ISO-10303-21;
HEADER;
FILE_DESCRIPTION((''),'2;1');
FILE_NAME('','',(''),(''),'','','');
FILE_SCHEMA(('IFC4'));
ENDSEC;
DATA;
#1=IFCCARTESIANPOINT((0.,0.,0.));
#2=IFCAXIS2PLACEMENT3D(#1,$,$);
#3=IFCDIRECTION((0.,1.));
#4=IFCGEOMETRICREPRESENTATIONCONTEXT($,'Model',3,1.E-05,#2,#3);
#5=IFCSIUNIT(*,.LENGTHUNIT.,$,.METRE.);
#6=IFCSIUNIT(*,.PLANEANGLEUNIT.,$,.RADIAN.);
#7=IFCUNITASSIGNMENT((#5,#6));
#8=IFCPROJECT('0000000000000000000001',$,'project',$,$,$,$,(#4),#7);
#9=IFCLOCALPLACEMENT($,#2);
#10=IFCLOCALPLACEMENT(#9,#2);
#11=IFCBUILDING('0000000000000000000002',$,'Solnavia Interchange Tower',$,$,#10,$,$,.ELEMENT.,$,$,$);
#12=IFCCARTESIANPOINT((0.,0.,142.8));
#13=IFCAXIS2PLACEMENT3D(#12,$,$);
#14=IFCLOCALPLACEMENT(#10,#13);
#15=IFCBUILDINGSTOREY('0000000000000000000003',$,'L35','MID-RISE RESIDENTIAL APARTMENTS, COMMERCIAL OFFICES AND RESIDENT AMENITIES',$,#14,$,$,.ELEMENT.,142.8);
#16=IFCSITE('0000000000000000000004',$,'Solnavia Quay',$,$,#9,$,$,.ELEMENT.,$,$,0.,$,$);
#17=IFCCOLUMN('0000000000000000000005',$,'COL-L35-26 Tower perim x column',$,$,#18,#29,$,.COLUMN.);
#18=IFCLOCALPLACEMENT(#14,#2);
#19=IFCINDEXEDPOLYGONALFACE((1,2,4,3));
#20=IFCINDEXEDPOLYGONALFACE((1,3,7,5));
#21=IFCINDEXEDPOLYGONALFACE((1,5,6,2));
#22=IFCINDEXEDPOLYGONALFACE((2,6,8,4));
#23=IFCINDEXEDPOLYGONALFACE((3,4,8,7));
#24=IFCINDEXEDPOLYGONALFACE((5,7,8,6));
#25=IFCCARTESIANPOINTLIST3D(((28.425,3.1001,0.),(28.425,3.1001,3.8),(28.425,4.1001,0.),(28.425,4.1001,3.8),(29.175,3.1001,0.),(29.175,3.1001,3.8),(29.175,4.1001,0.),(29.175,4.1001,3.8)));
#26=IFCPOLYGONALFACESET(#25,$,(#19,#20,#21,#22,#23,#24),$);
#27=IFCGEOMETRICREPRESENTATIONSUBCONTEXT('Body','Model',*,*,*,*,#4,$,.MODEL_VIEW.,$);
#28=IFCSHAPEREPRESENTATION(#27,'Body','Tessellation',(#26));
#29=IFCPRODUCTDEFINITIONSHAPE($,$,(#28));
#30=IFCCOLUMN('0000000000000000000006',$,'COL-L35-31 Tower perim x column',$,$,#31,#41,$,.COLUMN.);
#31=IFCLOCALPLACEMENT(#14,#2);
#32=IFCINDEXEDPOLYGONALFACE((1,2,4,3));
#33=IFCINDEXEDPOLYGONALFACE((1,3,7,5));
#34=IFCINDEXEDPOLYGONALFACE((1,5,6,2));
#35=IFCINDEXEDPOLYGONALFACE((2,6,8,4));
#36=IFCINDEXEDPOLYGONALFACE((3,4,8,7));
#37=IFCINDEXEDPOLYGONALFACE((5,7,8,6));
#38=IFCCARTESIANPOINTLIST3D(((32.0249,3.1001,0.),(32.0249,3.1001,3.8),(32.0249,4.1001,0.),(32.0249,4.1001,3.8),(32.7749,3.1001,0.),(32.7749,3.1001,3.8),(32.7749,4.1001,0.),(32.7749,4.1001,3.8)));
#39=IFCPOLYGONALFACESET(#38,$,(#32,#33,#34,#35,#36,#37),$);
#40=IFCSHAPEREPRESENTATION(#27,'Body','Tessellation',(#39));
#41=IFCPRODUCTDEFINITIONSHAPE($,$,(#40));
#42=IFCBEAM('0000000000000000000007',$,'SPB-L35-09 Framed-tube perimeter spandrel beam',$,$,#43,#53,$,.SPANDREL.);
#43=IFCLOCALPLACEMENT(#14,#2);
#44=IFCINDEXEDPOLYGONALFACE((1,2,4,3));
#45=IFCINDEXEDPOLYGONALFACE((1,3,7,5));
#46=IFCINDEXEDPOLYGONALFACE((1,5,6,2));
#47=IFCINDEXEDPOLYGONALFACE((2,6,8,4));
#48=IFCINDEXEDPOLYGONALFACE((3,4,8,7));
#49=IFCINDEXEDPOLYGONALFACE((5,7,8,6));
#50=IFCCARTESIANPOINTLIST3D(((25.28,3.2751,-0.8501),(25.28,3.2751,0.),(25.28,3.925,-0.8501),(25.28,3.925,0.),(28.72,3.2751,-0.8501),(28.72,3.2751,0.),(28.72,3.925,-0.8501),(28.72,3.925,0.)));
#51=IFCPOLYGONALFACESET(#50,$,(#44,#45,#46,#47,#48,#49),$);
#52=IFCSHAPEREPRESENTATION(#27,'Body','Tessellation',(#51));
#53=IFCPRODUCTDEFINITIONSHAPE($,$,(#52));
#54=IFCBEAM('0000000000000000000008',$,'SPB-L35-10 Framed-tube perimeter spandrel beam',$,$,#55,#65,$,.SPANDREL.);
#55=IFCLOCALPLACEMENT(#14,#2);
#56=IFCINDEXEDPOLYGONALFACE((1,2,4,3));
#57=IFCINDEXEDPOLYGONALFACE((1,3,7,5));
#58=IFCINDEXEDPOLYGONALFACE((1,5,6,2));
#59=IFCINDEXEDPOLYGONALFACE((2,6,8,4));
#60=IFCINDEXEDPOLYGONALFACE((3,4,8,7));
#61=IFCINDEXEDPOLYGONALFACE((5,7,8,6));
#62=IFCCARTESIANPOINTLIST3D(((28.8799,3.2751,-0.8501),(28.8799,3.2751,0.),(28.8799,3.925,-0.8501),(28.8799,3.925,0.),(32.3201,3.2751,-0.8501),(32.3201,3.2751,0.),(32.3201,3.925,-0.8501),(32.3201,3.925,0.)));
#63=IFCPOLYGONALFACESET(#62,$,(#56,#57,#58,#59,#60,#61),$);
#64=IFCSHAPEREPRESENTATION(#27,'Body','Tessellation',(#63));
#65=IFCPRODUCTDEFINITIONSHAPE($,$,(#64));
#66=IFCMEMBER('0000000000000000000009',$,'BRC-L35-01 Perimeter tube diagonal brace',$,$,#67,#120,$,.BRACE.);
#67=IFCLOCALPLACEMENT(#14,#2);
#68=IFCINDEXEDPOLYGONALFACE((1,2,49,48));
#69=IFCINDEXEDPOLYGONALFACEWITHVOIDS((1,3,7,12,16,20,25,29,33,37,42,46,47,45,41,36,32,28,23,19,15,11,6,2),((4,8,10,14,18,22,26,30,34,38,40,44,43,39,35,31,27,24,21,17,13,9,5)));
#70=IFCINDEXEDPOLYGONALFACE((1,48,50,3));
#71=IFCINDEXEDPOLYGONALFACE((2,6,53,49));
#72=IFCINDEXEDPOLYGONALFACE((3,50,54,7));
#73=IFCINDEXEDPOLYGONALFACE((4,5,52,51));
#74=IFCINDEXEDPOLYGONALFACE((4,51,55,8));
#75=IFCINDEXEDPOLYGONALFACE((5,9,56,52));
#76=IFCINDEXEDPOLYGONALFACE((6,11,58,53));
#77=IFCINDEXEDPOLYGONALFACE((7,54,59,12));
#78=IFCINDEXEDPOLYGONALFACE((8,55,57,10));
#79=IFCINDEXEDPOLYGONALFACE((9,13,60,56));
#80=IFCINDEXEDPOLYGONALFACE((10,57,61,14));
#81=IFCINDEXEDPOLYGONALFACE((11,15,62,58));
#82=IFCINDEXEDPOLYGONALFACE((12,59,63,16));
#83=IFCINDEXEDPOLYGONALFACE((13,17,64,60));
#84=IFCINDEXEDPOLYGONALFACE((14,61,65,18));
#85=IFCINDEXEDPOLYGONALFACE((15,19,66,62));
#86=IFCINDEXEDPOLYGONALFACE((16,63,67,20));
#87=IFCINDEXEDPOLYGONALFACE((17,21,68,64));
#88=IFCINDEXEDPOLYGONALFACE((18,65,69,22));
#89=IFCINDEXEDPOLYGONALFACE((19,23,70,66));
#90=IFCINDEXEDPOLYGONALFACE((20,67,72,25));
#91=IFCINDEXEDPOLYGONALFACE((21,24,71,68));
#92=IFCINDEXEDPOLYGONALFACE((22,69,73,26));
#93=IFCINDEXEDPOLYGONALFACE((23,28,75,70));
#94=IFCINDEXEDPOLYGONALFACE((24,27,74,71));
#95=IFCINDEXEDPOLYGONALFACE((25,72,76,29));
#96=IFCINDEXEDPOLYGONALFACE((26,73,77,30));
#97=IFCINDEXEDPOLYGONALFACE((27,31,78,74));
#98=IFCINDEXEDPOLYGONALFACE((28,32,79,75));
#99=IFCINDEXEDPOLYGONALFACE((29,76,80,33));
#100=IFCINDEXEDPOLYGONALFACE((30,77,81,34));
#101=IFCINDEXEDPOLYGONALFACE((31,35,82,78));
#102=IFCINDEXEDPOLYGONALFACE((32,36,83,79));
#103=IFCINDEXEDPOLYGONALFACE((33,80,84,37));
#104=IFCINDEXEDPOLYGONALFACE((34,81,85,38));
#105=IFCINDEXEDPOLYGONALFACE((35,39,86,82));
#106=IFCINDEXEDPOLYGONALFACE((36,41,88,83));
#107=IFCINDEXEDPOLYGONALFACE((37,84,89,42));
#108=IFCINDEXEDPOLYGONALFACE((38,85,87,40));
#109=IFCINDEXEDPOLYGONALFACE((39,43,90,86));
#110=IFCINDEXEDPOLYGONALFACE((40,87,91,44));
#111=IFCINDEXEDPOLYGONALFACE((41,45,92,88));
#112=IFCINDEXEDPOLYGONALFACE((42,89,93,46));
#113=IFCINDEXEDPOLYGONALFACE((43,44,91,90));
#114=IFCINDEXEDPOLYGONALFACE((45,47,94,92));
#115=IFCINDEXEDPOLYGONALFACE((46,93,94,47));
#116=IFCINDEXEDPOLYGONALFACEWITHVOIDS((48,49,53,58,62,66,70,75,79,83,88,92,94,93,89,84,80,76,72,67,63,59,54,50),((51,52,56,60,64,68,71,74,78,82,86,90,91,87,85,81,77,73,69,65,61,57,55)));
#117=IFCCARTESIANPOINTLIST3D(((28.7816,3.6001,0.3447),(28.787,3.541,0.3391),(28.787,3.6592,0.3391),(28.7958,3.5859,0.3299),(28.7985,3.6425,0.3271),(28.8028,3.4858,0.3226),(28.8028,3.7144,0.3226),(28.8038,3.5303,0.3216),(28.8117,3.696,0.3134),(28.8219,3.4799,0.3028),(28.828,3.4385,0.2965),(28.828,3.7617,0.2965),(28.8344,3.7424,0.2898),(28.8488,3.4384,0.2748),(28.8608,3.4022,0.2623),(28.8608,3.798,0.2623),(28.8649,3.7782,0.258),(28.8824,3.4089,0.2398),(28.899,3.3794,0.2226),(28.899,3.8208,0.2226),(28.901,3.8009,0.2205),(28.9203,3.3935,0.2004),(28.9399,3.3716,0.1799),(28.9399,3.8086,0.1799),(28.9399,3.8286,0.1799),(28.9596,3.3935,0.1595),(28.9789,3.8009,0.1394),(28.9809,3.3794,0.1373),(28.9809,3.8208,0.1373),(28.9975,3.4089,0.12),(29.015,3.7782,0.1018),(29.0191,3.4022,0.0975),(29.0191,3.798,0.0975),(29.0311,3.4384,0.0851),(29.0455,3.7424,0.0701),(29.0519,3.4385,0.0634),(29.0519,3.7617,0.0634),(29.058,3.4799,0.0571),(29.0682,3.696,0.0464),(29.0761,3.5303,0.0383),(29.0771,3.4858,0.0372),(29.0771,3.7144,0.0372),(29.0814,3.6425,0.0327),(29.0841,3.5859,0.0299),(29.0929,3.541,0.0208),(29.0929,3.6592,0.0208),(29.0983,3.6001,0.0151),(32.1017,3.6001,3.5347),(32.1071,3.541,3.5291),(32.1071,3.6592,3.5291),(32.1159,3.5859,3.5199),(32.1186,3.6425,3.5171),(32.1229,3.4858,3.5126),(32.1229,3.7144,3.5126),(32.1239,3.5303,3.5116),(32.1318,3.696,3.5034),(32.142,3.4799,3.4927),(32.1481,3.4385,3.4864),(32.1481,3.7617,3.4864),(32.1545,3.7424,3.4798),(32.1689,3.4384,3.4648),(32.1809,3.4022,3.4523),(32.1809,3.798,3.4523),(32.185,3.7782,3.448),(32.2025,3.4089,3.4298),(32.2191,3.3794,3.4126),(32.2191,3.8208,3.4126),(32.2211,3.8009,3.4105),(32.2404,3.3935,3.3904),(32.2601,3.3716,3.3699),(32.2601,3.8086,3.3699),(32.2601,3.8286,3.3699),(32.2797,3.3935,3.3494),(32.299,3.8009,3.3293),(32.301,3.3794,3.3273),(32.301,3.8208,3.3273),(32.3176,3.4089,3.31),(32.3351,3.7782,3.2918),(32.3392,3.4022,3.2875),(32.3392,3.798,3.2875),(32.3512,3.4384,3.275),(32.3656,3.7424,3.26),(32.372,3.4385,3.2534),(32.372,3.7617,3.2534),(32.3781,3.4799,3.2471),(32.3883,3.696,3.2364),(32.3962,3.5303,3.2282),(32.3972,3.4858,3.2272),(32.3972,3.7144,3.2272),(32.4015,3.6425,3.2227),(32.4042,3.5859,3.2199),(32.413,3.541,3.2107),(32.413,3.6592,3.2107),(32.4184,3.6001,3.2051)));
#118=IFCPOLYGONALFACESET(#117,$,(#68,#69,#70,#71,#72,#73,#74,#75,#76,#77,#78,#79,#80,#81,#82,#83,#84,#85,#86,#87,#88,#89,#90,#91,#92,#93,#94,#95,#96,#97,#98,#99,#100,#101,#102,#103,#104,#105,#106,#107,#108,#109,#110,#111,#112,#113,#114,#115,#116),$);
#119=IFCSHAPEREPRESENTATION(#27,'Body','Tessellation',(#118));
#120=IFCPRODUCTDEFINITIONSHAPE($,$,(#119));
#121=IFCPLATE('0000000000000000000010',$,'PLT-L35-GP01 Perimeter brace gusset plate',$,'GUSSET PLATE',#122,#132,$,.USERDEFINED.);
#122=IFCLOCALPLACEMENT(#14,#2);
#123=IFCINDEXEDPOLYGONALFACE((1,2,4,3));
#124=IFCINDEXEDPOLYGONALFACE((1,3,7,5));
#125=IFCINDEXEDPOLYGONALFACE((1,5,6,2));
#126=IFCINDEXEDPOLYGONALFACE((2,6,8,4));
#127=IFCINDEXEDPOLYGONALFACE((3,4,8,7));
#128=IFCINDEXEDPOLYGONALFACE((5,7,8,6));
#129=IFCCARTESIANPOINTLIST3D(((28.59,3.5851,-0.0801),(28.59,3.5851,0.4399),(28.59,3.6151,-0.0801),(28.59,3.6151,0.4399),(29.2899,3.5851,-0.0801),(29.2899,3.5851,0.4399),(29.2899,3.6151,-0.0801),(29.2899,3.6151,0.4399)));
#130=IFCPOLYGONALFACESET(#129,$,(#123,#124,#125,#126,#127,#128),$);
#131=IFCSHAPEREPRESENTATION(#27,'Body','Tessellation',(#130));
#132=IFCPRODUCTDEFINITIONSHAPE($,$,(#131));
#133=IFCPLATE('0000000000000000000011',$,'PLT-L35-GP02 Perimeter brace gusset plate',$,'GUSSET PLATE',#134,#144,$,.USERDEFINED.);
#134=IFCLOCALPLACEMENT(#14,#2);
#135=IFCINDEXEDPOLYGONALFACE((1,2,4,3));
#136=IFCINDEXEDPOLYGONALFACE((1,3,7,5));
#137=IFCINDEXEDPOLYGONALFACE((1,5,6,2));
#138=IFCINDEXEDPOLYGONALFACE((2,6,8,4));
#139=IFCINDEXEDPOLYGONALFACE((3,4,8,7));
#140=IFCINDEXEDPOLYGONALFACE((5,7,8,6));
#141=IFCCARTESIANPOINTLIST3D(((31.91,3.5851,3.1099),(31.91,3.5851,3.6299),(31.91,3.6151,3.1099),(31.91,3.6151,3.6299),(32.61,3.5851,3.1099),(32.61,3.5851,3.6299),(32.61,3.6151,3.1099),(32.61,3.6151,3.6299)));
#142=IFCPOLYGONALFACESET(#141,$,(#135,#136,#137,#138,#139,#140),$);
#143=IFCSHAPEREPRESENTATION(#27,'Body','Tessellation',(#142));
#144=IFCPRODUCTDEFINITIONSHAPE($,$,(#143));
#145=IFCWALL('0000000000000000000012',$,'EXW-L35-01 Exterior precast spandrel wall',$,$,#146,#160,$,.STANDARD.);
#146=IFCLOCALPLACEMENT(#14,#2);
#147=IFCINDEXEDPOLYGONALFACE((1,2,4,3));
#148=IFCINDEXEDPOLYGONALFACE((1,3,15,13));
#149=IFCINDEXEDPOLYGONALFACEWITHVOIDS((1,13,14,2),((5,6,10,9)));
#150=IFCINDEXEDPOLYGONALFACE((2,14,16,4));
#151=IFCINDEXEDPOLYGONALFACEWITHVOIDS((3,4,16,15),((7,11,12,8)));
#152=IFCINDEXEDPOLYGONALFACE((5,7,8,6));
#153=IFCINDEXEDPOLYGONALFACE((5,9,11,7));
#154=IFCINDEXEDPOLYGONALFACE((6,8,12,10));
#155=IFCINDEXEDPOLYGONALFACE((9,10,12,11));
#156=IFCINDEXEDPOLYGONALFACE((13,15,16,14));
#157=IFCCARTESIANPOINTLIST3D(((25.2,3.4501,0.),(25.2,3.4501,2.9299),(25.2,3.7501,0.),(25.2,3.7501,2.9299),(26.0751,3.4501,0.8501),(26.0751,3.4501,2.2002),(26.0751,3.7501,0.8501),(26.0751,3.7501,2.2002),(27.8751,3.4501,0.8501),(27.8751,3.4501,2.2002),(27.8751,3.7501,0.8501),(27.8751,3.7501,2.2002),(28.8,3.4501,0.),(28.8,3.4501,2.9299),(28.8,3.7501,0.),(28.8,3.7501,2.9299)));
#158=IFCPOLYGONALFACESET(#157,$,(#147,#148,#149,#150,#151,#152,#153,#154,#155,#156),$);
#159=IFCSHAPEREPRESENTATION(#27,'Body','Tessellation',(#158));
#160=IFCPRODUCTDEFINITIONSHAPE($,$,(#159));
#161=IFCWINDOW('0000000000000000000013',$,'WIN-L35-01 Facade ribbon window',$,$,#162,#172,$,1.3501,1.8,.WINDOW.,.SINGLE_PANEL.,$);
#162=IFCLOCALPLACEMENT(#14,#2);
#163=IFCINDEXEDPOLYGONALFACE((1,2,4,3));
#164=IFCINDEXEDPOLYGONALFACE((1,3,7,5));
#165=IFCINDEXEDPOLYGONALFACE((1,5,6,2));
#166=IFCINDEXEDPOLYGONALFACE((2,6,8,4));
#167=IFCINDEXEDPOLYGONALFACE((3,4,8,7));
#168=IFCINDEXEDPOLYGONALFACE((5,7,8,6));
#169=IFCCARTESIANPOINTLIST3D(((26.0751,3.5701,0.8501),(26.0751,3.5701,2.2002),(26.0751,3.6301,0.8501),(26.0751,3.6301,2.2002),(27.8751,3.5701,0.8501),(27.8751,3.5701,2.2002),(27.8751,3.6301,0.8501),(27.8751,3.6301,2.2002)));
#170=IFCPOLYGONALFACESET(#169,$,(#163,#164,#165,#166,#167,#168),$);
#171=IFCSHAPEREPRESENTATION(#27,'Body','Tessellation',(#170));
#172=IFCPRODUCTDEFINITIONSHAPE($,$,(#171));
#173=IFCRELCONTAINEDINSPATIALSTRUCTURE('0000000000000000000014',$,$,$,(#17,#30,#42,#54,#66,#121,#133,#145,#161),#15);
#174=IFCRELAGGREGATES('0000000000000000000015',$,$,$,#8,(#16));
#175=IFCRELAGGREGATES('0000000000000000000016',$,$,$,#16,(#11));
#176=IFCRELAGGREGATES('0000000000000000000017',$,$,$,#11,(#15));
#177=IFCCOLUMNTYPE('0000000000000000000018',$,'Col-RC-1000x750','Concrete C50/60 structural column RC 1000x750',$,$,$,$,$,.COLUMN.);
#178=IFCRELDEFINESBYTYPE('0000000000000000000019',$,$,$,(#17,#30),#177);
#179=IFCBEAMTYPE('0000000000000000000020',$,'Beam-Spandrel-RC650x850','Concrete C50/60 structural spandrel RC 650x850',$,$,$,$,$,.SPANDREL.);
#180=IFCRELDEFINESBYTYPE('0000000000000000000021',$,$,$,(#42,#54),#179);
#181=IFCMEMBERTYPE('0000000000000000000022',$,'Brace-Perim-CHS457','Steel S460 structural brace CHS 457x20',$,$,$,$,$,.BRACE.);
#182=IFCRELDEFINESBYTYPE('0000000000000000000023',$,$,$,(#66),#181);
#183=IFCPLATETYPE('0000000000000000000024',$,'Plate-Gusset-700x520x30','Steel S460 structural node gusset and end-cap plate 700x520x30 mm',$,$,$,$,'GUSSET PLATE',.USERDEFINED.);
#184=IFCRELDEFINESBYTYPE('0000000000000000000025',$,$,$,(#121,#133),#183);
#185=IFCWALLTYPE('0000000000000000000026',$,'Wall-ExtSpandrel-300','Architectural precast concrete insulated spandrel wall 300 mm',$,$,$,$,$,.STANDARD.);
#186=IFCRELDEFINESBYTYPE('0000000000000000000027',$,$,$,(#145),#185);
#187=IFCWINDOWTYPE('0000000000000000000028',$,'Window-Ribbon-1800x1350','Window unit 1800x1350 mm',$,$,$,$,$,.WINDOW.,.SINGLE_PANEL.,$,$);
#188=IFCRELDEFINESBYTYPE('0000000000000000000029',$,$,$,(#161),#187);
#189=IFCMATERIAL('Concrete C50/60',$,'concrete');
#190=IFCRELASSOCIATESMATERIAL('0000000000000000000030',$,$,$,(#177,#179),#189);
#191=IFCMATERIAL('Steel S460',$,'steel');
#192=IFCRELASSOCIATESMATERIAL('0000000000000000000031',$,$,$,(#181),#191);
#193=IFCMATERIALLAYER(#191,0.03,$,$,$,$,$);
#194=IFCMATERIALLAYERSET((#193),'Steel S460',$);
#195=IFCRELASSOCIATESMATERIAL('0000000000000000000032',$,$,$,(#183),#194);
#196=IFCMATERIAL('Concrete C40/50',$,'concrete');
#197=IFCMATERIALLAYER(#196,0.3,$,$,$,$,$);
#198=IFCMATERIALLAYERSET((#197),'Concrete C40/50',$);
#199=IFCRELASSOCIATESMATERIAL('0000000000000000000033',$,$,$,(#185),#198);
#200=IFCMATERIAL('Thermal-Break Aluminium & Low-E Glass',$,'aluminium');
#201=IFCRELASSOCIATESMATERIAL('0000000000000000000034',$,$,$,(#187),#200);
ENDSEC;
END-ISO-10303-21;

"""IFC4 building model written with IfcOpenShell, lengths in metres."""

from ifc_helpers import new_model, si_unit, direction, frame, frame_2d, origin, origin_2d, place, context, subcontext, project, spatial, rectangle, hollow_circle, extrude, material, layer, layer_set, material_profile, profile_set, type_object, element, fill, save


model = new_model("IFC4")

# Units and contexts
model_context = context("Model", 3, precision=1e-05, world=origin(), true_north=direction((0.0, 1.0)))
body_context = subcontext(model_context, "Body", "Model", "MODEL_VIEW")
ifc_project = project(units=[si_unit("LENGTHUNIT", "METRE"), si_unit("PLANEANGLEUNIT", "RADIAN")], contexts=[model_context])

# Site, building, storey
site_placement = place(None, origin())
site = spatial("IfcSite", under=ifc_project, at=site_placement, Name="Solnavia Quay", CompositionType="ELEMENT", RefElevation=0.0)
building_placement = place(site_placement, origin())
building = spatial("IfcBuilding", under=site, at=building_placement, Name="Solnavia Interchange Tower", CompositionType="ELEMENT")
storey_placement = place(building_placement, frame((0.0, 0.0, 142.8)))
storey = spatial("IfcBuildingStorey", under=building, at=storey_placement, Name="L35", Description="MID-RISE RESIDENTIAL APARTMENTS, COMMERCIAL OFFICES AND RESIDENT AMENITIES", CompositionType="ELEMENT", Elevation=142.8)

# Columns
ifc_material_1 = material(Name="Concrete C50/60", Category="concrete")
ifc_material_profile_1 = material_profile(ifc_material_1, rectangle(XDim=0.75, YDim=1.0, at=origin_2d()), Name="RC 1000x750")
ifc_profile_set_1 = profile_set([ifc_material_profile_1], Name="Concrete C50/60")
column_type = type_object("IfcColumnType", Name="Col-RC-1000x750", Description="Concrete C50/60 structural column RC 1000x750", PredefinedType="COLUMN", material=ifc_profile_set_1)
for number, where, z_axis, x_axis, name in (
    (1, (28.8, 3.6001, 0.0), (0.0, 0.0, 1.0), (1.0, 0.0, 0.0), "COL-L35-26 Tower perim x column"),
    (2, (32.3999, 3.6001, 0.0), (0.0, 0.0, 1.0), (1.0, 0.0, 0.0), "COL-L35-31 Tower perim x column"),
):
    element("IfcColumn", number, at=place(storey_placement, frame(where, z_axis=z_axis, x_axis=x_axis)), inside=storey, type_object=column_type, Name=name, PredefinedType="COLUMN", context=body_context, shape_type="SweptSolid", body=[
        extrude(rectangle(XDim=0.75, YDim=1.0, at=origin_2d()), origin(), (0.0, 0.0, 1.0), 3.8),
    ])

# Beams
ifc_material_profile_2 = material_profile(ifc_material_1, rectangle(XDim=0.6499, YDim=0.8501, at=origin_2d()), Name="RC 650x850")
ifc_profile_set_2 = profile_set([ifc_material_profile_2], Name="Concrete C50/60")
beam_type = type_object("IfcBeamType", Name="Beam-Spandrel-RC650x850", Description="Concrete C50/60 structural spandrel RC 650x850", PredefinedType="SPANDREL", material=ifc_profile_set_2)
beam_1_placement = place(storey_placement, frame((25.28, 3.6001, -0.425), z_axis=(1.0, 0.0, 0.0), x_axis=(0.0, 1.0, 0.0)))
element("IfcBeam", 3, at=beam_1_placement, inside=storey, type_object=beam_type, Name="SPB-L35-09 Framed-tube perimeter spandrel beam", PredefinedType="SPANDREL", context=body_context, shape_type="SweptSolid", body=[
    extrude(rectangle(XDim=0.6499, YDim=0.8501, at=origin_2d()), origin(), (0.0, 0.0, 1.0), 3.4399),
])
beam_2_placement = place(storey_placement, frame((28.8799, 3.6001, -0.425), z_axis=(1.0, 0.0, 0.0), x_axis=(0.0, 1.0, 0.0)))
element("IfcBeam", 4, at=beam_2_placement, inside=storey, type_object=beam_type, Name="SPB-L35-10 Framed-tube perimeter spandrel beam", PredefinedType="SPANDREL", context=body_context, shape_type="SweptSolid", body=[
    extrude(rectangle(XDim=0.6499, YDim=0.8501, at=origin_2d()), origin(), (0.0, 0.0, 1.0), 3.4402),
])

# Member
ifc_material_2 = material(Name="Steel S460", Category="steel")
ifc_material_profile_3 = material_profile(ifc_material_2, hollow_circle(Radius=0.2285, WallThickness=0.02, at=origin_2d()), Name="CHS 457x20")
ifc_profile_set_3 = profile_set([ifc_material_profile_3], Name="Steel S460")
member_type = type_object("IfcMemberType", Name="Brace-Perim-CHS457", Description="Steel S460 structural brace CHS 457x20", PredefinedType="BRACE", material=ifc_profile_set_3)
member_placement = place(storey_placement, frame((28.9399, 3.6001, 0.1799), z_axis=(0.721097, 0.0, 0.692834), x_axis=(0.0, 1.0, 0.0)))
element("IfcMember", 5, at=member_placement, inside=storey, type_object=member_type, Name="BRC-L35-01 Perimeter tube diagonal brace", PredefinedType="BRACE", context=body_context, shape_type="SweptSolid", body=[
    extrude(hollow_circle(Radius=0.2285, WallThickness=0.02, at=origin_2d()), origin(), (0.0, 0.0, 1.0), 4.6042),
])

# Plates
ifc_layer_1 = layer(ifc_material_2, 0.03)
ifc_layer_set_1 = layer_set([ifc_layer_1], Name="Steel S460")
plate_type = type_object("IfcPlateType", Name="Plate-Gusset-700x520x30", Description="Steel S460 structural node gusset and end-cap plate 700x520x30 mm", ElementType="GUSSET PLATE", PredefinedType="USERDEFINED", material=ifc_layer_set_1)
for number, where, z_axis, x_axis, name in (
    (6, (28.9399, 3.6001, -0.0801), (0.0, 0.0, 1.0), (1.0, 0.0, 0.0), "PLT-L35-GP01 Perimeter brace gusset plate"),
    (7, (32.26, 3.6001, 3.1099), (0.0, 0.0, 1.0), (1.0, 0.0, 0.0), "PLT-L35-GP02 Perimeter brace gusset plate"),
):
    element("IfcPlate", number, at=place(storey_placement, frame(where, z_axis=z_axis, x_axis=x_axis)), inside=storey, type_object=plate_type, Name=name, ObjectType="GUSSET PLATE", PredefinedType="USERDEFINED", context=body_context, shape_type="SweptSolid", body=[
        extrude(rectangle(XDim=0.7, YDim=0.03, at=origin_2d()), origin(), (0.0, 0.0, 1.0), 0.52),
    ])

# Wall, opening, window
ifc_material_3 = material(Name="Concrete C40/50", Category="concrete")
ifc_layer_2 = layer(ifc_material_3, 0.3)
ifc_layer_set_2 = layer_set([ifc_layer_2], Name="Concrete C40/50")
wall_type_1 = type_object("IfcWallType", Name="Wall-ExtSpandrel-300", Description="Architectural precast concrete insulated spandrel wall 300 mm", PredefinedType="STANDARD", material=ifc_layer_set_2)
wall_1_placement = place(storey_placement, frame((28.8, 3.6001, 0.0), z_axis=(0.0, 0.0, 1.0), x_axis=(-1.0, 0.0, 0.0)))
wall_1 = element("IfcWall", 8, at=wall_1_placement, inside=storey, type_object=wall_type_1, Name="EXW-L35-01 Exterior precast spandrel wall", PredefinedType="STANDARD", context=body_context, shape_type="SweptSolid", body=[
    extrude(rectangle(XDim=3.6001, YDim=0.3, at=frame_2d((1.8, 0.0))), origin(), (0.0, 0.0, 1.0), 2.9299),
])
opening_1_placement = place(wall_1_placement, frame((0.925, 0.0, 0.8501)))
opening_1 = element("IfcOpeningElement", 9, at=opening_1_placement, cuts=wall_1, PredefinedType="OPENING", context=body_context, shape_type="SweptSolid", body=[
    extrude(rectangle(XDim=1.8, YDim=1.3501, at=frame_2d((0.8999, 0.675))), frame((0.0, 0.1602, 0.0), z_axis=(0.0, -1.0, 0.0), x_axis=(1.0, 0.0, 0.0)), (0.0, 0.0, 1.0), 0.3201),
])
ifc_material_4 = material(Name="Thermal-Break Aluminium & Low-E Glass", Category="aluminium")
window_type_1 = type_object("IfcWindowType", Name="Window-Ribbon-1800x1350", Description="Window unit 1800x1350 mm", PartitioningType="SINGLE_PANEL", PredefinedType="WINDOW", material=ifc_material_4)
window_1_placement = place(opening_1_placement, origin())
window_1 = element("IfcWindow", 10, at=window_1_placement, inside=storey, type_object=window_type_1, Name="WIN-L35-01 Facade ribbon window", OverallHeight=1.3501, OverallWidth=1.8, PartitioningType="SINGLE_PANEL", PredefinedType="WINDOW", context=body_context, shape_type="SweptSolid", body=[
    extrude(rectangle(XDim=1.8, YDim=1.3501, at=frame_2d((0.8999, 0.675))), frame((0.0, 0.03, 0.0), z_axis=(0.0, -1.0, 0.0), x_axis=(1.0, 0.0, 0.0)), (0.0, 0.0, 1.0), 0.0601),
])
fill(opening_1, window_1)

save(model, "model.ifc")
